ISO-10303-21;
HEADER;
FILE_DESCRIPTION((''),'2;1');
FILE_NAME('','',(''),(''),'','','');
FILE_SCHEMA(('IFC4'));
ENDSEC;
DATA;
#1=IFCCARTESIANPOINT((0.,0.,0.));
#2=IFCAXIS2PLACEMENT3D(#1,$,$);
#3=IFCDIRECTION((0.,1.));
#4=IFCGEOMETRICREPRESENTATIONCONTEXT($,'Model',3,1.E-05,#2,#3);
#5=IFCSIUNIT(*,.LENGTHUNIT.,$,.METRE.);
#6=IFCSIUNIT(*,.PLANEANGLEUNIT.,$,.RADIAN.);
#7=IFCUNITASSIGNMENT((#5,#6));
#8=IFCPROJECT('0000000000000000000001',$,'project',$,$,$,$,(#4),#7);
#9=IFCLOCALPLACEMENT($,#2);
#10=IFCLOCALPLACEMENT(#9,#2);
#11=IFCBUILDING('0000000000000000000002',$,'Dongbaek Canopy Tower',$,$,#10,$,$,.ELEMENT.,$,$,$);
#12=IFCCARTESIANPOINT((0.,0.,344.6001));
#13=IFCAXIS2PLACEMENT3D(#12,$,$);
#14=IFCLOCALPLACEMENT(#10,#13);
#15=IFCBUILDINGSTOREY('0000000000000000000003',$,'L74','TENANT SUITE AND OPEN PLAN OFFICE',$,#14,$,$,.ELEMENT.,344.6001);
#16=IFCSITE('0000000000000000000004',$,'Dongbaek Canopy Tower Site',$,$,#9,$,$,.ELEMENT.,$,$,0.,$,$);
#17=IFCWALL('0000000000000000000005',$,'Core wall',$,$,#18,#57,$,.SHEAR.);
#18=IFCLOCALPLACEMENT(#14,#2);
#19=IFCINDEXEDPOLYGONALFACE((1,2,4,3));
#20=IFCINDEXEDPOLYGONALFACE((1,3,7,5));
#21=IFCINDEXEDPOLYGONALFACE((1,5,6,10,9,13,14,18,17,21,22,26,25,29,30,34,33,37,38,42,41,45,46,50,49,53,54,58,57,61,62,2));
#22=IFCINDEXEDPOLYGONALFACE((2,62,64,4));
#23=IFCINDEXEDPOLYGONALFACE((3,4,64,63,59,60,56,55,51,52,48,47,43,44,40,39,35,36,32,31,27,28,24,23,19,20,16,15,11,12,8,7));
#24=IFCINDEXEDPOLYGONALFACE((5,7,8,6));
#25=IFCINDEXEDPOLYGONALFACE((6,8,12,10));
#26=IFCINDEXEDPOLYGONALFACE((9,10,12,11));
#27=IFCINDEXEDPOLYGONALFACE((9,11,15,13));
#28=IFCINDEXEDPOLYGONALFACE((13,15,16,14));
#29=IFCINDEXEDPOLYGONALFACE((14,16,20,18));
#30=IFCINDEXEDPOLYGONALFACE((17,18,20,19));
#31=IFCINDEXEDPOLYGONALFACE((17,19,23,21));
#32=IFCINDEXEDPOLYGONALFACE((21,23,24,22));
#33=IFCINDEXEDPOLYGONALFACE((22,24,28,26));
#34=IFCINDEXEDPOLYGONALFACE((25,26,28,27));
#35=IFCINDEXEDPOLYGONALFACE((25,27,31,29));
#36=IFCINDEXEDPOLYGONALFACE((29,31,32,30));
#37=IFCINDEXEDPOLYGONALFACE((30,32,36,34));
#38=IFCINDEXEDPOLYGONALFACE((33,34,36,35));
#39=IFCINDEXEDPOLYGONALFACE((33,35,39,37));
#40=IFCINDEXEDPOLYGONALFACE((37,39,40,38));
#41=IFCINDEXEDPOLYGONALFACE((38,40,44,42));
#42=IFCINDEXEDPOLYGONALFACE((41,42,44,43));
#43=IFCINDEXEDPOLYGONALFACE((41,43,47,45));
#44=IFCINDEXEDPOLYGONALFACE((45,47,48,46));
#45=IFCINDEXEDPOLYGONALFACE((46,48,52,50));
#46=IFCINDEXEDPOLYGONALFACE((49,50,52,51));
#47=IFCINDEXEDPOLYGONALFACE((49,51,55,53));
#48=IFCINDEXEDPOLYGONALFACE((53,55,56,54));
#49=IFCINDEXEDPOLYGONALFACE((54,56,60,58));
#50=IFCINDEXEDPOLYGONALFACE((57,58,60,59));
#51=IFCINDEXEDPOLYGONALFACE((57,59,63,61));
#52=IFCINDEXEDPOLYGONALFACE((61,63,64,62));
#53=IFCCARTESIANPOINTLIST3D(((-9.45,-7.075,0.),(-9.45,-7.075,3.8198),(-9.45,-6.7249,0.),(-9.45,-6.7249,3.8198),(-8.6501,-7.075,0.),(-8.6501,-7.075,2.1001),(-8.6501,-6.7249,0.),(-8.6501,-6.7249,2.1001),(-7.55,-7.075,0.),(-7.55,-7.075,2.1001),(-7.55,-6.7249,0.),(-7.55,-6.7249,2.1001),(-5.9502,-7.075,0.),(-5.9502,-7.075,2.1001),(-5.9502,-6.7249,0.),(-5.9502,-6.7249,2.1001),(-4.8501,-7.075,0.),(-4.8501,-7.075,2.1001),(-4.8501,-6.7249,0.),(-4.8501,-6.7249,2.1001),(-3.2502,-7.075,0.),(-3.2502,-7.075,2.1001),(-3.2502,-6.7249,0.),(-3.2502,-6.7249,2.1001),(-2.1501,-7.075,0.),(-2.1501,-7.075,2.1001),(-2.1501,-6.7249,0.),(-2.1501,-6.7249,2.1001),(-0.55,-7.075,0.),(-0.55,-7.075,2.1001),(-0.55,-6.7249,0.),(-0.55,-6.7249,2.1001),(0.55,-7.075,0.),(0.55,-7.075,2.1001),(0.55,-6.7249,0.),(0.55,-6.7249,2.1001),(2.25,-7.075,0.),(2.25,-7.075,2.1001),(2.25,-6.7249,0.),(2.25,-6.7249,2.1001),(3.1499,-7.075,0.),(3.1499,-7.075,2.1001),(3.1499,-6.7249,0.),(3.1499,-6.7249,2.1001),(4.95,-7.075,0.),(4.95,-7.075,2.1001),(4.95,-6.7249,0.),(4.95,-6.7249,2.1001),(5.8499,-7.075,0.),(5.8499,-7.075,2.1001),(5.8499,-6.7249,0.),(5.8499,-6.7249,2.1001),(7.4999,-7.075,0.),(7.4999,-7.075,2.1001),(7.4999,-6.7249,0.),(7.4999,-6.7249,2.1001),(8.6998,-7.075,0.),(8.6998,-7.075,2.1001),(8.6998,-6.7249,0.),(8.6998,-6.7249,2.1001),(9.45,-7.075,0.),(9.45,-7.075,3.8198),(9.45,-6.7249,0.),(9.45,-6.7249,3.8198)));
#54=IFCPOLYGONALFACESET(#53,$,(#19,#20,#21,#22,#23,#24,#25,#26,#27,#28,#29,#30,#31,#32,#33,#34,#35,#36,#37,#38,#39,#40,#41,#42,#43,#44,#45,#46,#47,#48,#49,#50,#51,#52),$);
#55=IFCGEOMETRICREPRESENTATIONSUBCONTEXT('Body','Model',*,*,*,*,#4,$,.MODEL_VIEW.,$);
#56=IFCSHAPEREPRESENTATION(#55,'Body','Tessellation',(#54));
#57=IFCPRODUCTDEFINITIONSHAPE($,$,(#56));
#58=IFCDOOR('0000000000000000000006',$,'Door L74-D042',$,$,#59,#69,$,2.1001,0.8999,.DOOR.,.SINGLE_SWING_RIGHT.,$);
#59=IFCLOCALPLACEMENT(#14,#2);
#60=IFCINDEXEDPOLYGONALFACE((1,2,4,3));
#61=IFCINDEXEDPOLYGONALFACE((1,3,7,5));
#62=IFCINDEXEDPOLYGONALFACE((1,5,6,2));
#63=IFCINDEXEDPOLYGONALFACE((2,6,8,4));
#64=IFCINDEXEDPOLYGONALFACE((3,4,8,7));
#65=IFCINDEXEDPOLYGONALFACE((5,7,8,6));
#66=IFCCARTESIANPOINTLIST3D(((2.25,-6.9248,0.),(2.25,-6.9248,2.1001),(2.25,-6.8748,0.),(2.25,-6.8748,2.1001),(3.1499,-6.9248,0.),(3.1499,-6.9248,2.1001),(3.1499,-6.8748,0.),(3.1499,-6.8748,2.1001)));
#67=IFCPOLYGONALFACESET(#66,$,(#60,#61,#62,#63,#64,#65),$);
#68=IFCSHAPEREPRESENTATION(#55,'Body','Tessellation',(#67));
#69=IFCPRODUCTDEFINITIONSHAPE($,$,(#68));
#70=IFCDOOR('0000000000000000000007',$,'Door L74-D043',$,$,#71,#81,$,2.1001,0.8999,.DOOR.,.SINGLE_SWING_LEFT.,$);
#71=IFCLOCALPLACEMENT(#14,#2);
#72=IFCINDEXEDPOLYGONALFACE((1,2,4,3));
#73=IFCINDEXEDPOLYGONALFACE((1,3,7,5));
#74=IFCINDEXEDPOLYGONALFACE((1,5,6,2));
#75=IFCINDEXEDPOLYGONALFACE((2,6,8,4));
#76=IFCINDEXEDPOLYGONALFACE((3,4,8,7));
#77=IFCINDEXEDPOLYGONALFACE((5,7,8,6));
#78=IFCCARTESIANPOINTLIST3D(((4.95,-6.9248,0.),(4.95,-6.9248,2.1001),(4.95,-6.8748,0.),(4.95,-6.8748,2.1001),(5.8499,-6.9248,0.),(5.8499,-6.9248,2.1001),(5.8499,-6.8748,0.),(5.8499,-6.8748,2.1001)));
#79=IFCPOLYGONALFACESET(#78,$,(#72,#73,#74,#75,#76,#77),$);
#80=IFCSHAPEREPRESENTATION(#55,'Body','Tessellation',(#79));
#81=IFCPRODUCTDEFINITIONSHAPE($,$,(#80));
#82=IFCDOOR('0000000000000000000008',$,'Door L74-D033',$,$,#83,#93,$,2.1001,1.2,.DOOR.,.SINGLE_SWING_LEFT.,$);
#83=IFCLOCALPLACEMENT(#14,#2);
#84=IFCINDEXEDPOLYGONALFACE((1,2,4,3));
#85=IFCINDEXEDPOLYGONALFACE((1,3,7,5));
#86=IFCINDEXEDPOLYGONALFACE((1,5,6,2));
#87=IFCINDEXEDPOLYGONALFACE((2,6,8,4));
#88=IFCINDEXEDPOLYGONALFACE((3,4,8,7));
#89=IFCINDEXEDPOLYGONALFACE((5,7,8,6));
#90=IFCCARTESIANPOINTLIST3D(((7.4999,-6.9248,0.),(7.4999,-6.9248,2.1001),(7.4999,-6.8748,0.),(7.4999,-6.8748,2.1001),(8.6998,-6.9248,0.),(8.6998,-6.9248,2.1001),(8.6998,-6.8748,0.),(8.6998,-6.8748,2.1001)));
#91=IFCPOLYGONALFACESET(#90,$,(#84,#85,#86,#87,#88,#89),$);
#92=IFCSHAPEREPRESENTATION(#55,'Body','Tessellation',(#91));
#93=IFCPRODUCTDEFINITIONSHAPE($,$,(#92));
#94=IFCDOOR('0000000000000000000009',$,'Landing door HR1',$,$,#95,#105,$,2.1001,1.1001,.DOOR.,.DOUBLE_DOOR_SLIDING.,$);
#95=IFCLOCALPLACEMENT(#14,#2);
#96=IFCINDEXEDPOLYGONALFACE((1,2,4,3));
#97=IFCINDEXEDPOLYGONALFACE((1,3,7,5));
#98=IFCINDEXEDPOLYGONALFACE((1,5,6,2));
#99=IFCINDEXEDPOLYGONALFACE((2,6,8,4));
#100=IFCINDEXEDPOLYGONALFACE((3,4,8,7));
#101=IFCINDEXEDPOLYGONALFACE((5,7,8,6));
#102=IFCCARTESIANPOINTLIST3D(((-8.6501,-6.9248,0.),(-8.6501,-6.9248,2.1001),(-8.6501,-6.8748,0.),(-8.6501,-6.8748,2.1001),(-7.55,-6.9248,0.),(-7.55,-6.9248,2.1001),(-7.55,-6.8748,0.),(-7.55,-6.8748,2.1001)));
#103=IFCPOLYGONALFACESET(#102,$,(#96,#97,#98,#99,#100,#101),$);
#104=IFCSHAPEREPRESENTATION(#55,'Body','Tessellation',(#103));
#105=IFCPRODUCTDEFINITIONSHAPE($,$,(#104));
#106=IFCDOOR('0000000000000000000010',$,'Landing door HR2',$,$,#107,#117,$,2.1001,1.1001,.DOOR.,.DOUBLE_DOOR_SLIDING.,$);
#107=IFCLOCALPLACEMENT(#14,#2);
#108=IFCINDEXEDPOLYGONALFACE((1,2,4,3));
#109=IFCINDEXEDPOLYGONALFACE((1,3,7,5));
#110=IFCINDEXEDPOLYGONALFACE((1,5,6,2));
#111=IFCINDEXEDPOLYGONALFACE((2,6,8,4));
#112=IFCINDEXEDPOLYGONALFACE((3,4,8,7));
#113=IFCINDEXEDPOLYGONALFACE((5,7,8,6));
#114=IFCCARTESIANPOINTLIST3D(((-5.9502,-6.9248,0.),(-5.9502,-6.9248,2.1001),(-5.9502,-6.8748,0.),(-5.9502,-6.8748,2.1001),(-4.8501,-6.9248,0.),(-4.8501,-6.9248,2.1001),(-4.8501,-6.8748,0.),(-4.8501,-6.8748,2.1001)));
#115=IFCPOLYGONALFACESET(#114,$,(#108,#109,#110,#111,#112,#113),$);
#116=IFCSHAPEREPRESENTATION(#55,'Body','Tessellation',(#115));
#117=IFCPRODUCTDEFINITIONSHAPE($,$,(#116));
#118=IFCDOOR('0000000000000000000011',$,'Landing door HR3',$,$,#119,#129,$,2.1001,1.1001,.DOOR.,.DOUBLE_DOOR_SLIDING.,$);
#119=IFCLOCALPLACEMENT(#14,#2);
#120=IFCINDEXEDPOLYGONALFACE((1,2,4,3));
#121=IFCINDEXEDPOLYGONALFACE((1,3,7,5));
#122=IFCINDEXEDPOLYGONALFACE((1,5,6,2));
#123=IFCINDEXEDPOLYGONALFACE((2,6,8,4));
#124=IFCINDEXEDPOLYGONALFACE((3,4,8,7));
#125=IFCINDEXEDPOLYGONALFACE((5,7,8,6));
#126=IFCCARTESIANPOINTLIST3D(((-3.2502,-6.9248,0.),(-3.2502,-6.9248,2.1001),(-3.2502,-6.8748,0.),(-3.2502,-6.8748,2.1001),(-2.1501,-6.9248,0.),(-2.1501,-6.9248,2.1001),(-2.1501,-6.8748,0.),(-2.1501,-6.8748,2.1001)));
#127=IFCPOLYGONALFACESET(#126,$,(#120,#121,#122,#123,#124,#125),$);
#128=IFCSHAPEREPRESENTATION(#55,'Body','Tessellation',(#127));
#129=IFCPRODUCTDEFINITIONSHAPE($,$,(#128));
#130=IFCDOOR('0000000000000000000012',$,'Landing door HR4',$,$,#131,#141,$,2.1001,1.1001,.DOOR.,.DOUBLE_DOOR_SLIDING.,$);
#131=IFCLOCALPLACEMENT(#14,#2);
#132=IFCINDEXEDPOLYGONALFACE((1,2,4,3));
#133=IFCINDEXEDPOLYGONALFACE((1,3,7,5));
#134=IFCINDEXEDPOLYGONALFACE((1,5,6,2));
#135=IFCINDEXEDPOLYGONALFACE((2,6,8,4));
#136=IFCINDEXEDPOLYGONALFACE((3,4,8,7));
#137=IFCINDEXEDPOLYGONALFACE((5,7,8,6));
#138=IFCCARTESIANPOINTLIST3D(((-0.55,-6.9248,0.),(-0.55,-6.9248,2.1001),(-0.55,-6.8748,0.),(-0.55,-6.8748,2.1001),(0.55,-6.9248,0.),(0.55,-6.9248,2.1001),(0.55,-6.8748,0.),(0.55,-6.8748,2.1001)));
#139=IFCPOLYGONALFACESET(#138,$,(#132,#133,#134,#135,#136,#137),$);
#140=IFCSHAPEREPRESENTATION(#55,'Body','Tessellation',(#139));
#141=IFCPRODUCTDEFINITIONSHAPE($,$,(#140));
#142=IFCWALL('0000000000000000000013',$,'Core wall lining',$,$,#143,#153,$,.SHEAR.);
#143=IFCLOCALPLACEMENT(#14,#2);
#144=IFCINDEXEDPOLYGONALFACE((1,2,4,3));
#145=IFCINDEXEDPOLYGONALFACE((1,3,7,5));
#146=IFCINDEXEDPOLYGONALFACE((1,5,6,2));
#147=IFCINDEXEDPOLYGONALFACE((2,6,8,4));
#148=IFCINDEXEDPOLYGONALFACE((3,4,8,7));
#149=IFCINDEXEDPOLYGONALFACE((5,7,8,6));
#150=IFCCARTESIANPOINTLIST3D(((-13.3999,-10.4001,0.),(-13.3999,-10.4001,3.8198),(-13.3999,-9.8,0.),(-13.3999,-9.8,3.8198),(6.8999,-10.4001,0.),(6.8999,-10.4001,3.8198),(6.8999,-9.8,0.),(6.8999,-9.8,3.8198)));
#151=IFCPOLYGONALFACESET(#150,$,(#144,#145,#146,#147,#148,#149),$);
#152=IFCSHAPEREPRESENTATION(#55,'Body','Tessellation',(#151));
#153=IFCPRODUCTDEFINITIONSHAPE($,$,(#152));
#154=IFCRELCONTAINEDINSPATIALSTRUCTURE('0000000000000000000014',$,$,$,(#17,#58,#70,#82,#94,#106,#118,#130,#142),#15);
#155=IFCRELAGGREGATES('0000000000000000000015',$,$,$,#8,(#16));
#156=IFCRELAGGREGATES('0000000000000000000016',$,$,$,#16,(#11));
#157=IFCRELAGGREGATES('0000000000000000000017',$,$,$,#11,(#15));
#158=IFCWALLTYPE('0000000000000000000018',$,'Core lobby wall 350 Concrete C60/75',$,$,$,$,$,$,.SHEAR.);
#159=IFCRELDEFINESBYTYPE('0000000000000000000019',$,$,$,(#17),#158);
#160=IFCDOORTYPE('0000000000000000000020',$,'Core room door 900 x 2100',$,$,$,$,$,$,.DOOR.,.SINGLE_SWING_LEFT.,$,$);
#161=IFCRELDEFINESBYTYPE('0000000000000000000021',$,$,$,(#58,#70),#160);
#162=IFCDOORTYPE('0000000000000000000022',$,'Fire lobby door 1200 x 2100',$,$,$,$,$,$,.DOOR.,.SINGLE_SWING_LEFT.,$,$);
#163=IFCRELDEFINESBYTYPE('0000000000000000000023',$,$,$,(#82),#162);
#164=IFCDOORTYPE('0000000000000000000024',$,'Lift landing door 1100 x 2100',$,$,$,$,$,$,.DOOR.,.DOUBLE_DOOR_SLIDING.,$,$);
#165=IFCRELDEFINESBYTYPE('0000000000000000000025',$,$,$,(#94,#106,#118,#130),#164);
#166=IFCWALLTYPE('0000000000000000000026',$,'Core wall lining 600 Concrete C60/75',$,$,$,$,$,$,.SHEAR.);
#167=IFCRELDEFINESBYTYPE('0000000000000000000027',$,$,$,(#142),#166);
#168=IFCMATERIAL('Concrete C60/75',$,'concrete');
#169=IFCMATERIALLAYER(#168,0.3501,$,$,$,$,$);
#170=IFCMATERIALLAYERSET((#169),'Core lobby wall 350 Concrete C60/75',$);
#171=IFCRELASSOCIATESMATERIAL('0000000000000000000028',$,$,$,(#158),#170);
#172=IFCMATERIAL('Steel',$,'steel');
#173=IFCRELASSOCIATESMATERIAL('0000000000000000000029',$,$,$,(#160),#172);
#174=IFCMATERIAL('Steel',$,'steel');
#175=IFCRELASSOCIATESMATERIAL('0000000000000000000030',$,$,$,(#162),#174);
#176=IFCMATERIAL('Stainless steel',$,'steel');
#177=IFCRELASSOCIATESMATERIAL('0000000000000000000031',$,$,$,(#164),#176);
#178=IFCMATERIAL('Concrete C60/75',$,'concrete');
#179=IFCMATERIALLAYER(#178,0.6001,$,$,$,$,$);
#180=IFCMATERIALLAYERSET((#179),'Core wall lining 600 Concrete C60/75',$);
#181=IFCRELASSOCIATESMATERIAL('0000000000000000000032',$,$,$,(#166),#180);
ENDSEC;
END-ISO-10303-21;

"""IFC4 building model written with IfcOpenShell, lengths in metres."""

from ifc_helpers import new_model, si_unit, direction, frame, frame_2d, origin, place, context, subcontext, project, spatial, rectangle, extrude, material, layer, layer_set, type_object, element, fill, save


model = new_model("IFC4")

# Units and contexts
model_context = context("Model", 3, precision=1e-05, world=origin(), true_north=direction((0.0, 1.0)))
body_context = subcontext(model_context, "Body", "Model", "MODEL_VIEW")
ifc_project = project(units=[si_unit("LENGTHUNIT", "METRE"), si_unit("PLANEANGLEUNIT", "RADIAN")], contexts=[model_context])

# Site, building, storey
site_placement = place(None, origin())
site = spatial("IfcSite", under=ifc_project, at=site_placement, Name="Dongbaek Canopy Tower Site", CompositionType="ELEMENT", RefElevation=0.0)
building_placement = place(site_placement, origin())
building = spatial("IfcBuilding", under=site, at=building_placement, Name="Dongbaek Canopy Tower", CompositionType="ELEMENT")
storey_placement = place(building_placement, frame((0.0, 0.0, 344.6001)))
storey = spatial("IfcBuildingStorey", under=building, at=storey_placement, Name="L74", Description="TENANT SUITE AND OPEN PLAN OFFICE", CompositionType="ELEMENT", Elevation=344.6001)

# Wall, openings, doors
ifc_material_1 = material(Name="Concrete C60/75", Category="concrete")
ifc_layer_1 = layer(ifc_material_1, 0.3501)
ifc_layer_set_1 = layer_set([ifc_layer_1], Name="Core lobby wall 350 Concrete C60/75")
wall_type_1 = type_object("IfcWallType", Name="Core lobby wall 350 Concrete C60/75", PredefinedType="SHEAR", material=ifc_layer_set_1)
wall_1_placement = place(storey_placement, frame((9.45, -6.8999, 0.0), z_axis=(0.0, 0.0, 1.0), x_axis=(-1.0, 0.0, 0.0)))
wall_1 = element("IfcWall", 1, at=wall_1_placement, inside=storey, type_object=wall_type_1, Name="Core wall", PredefinedType="SHEAR", context=body_context, shape_type="SweptSolid", body=[
    extrude(rectangle(XDim=18.8999, YDim=0.3501, at=frame_2d((9.45, 0.0))), origin(), (0.0, 0.0, 1.0), 3.8198),
])
opening_1_placement = place(wall_1_placement, frame((17.0, 0.0, 0.0)))
opening_1 = element("IfcOpeningElement", 2, at=opening_1_placement, cuts=wall_1, PredefinedType="OPENING", context=body_context, shape_type="SweptSolid", body=[
    extrude(rectangle(XDim=1.1001, YDim=2.1001, at=frame_2d((0.55, 1.05))), frame((0.0, 0.1851, 0.0), z_axis=(0.0, -1.0, 0.0), x_axis=(1.0, 0.0, 0.0)), (0.0, 0.0, 1.0), 0.3701),
])
opening_2_placement = place(wall_1_placement, frame((14.3, 0.0, 0.0)))
opening_2 = element("IfcOpeningElement", 3, at=opening_2_placement, cuts=wall_1, PredefinedType="OPENING", context=body_context, shape_type="SweptSolid", body=[
    extrude(rectangle(XDim=1.1001, YDim=2.1001, at=frame_2d((0.55, 1.05))), frame((0.0, 0.1851, 0.0), z_axis=(0.0, -1.0, 0.0), x_axis=(1.0, 0.0, 0.0)), (0.0, 0.0, 1.0), 0.3701),
])
opening_3_placement = place(wall_1_placement, frame((11.6001, 0.0, 0.0)))
opening_3 = element("IfcOpeningElement", 4, at=opening_3_placement, cuts=wall_1, PredefinedType="OPENING", context=body_context, shape_type="SweptSolid", body=[
    extrude(rectangle(XDim=1.1001, YDim=2.1001, at=frame_2d((0.55, 1.05))), frame((0.0, 0.1851, 0.0), z_axis=(0.0, -1.0, 0.0), x_axis=(1.0, 0.0, 0.0)), (0.0, 0.0, 1.0), 0.3701),
])
opening_4_placement = place(wall_1_placement, frame((8.8999, 0.0, 0.0)))
opening_4 = element("IfcOpeningElement", 5, at=opening_4_placement, cuts=wall_1, PredefinedType="OPENING", context=body_context, shape_type="SweptSolid", body=[
    extrude(rectangle(XDim=1.1001, YDim=2.1001, at=frame_2d((0.55, 1.05))), frame((0.0, 0.1851, 0.0), z_axis=(0.0, -1.0, 0.0), x_axis=(1.0, 0.0, 0.0)), (0.0, 0.0, 1.0), 0.3701),
])
opening_5_placement = place(wall_1_placement, frame((0.75, 0.0, 0.0)))
opening_5 = element("IfcOpeningElement", 6, at=opening_5_placement, cuts=wall_1, PredefinedType="OPENING", context=body_context, shape_type="SweptSolid", body=[
    extrude(rectangle(XDim=1.2, YDim=2.1001, at=frame_2d((0.6001, 1.05))), frame((0.0, 0.1851, 0.0), z_axis=(0.0, -1.0, 0.0), x_axis=(1.0, 0.0, 0.0)), (0.0, 0.0, 1.0), 0.3701),
])
opening_6_placement = place(wall_1_placement, frame((6.3, 0.0, 0.0)))
opening_6 = element("IfcOpeningElement", 7, at=opening_6_placement, cuts=wall_1, PredefinedType="OPENING", context=body_context, shape_type="SweptSolid", body=[
    extrude(rectangle(XDim=0.8999, YDim=2.1001, at=frame_2d((0.45, 1.05))), frame((0.0, 0.1851, 0.0), z_axis=(0.0, -1.0, 0.0), x_axis=(1.0, 0.0, 0.0)), (0.0, 0.0, 1.0), 0.3701),
])
opening_7_placement = place(wall_1_placement, frame((3.6001, 0.0, 0.0)))
opening_7 = element("IfcOpeningElement", 8, at=opening_7_placement, cuts=wall_1, PredefinedType="OPENING", context=body_context, shape_type="SweptSolid", body=[
    extrude(rectangle(XDim=0.8999, YDim=2.1001, at=frame_2d((0.45, 1.05))), frame((0.0, 0.1851, 0.0), z_axis=(0.0, -1.0, 0.0), x_axis=(1.0, 0.0, 0.0)), (0.0, 0.0, 1.0), 0.3701),
])
ifc_material_2 = material(Name="Steel", Category="steel")
door_type_1 = type_object("IfcDoorType", Name="Core room door 900 x 2100", OperationType="SINGLE_SWING_LEFT", PredefinedType="DOOR", material=ifc_material_2)
door_1_placement = place(opening_6_placement, origin())
door_1 = element("IfcDoor", 9, at=door_1_placement, inside=storey, type_object=door_type_1, Name="Door L74-D042", OperationType="SINGLE_SWING_RIGHT", OverallHeight=2.1001, OverallWidth=0.8999, PredefinedType="DOOR", context=body_context, shape_type="SweptSolid", body=[
    extrude(rectangle(XDim=0.8999, YDim=2.1001, at=frame_2d((0.45, 1.05))), frame((0.0, 0.0249, 0.0), z_axis=(0.0, -1.0, 0.0), x_axis=(1.0, 0.0, 0.0)), (0.0, 0.0, 1.0), 0.05),
])
fill(opening_6, door_1)
door_2_placement = place(opening_7_placement, origin())
door_2 = element("IfcDoor", 10, at=door_2_placement, inside=storey, type_object=door_type_1, Name="Door L74-D043", OperationType="SINGLE_SWING_LEFT", OverallHeight=2.1001, OverallWidth=0.8999, PredefinedType="DOOR", context=body_context, shape_type="SweptSolid", body=[
    extrude(rectangle(XDim=0.8999, YDim=2.1001, at=frame_2d((0.45, 1.05))), frame((0.0, 0.0249, 0.0), z_axis=(0.0, -1.0, 0.0), x_axis=(1.0, 0.0, 0.0)), (0.0, 0.0, 1.0), 0.05),
])
fill(opening_7, door_2)
ifc_material_3 = material(Name="Steel", Category="steel")
door_type_2 = type_object("IfcDoorType", Name="Fire lobby door 1200 x 2100", OperationType="SINGLE_SWING_LEFT", PredefinedType="DOOR", material=ifc_material_3)
door_3_placement = place(opening_5_placement, origin())
door_3 = element("IfcDoor", 11, at=door_3_placement, inside=storey, type_object=door_type_2, Name="Door L74-D033", OperationType="SINGLE_SWING_LEFT", OverallHeight=2.1001, OverallWidth=1.2, PredefinedType="DOOR", context=body_context, shape_type="SweptSolid", body=[
    extrude(rectangle(XDim=1.2, YDim=2.1001, at=frame_2d((0.6001, 1.05))), frame((0.0, 0.0249, 0.0), z_axis=(0.0, -1.0, 0.0), x_axis=(1.0, 0.0, 0.0)), (0.0, 0.0, 1.0), 0.05),
])
fill(opening_5, door_3)
ifc_material_4 = material(Name="Stainless steel", Category="steel")
door_type_3 = type_object("IfcDoorType", Name="Lift landing door 1100 x 2100", OperationType="DOUBLE_DOOR_SLIDING", PredefinedType="DOOR", material=ifc_material_4)
door_4_placement = place(opening_1_placement, origin())
door_4 = element("IfcDoor", 12, at=door_4_placement, inside=storey, type_object=door_type_3, Name="Landing door HR1", OperationType="DOUBLE_DOOR_SLIDING", OverallHeight=2.1001, OverallWidth=1.1001, PredefinedType="DOOR", context=body_context, shape_type="SweptSolid", body=[
    extrude(rectangle(XDim=1.1001, YDim=2.1001, at=frame_2d((0.55, 1.05))), frame((0.0, 0.0249, 0.0), z_axis=(0.0, -1.0, 0.0), x_axis=(1.0, 0.0, 0.0)), (0.0, 0.0, 1.0), 0.05),
])
fill(opening_1, door_4)
door_5_placement = place(opening_2_placement, origin())
door_5 = element("IfcDoor", 13, at=door_5_placement, inside=storey, type_object=door_type_3, Name="Landing door HR2", OperationType="DOUBLE_DOOR_SLIDING", OverallHeight=2.1001, OverallWidth=1.1001, PredefinedType="DOOR", context=body_context, shape_type="SweptSolid", body=[
    extrude(rectangle(XDim=1.1001, YDim=2.1001, at=frame_2d((0.55, 1.05))), frame((0.0, 0.0249, 0.0), z_axis=(0.0, -1.0, 0.0), x_axis=(1.0, 0.0, 0.0)), (0.0, 0.0, 1.0), 0.05),
])
fill(opening_2, door_5)
door_6_placement = place(opening_3_placement, origin())
door_6 = element("IfcDoor", 14, at=door_6_placement, inside=storey, type_object=door_type_3, Name="Landing door HR3", OperationType="DOUBLE_DOOR_SLIDING", OverallHeight=2.1001, OverallWidth=1.1001, PredefinedType="DOOR", context=body_context, shape_type="SweptSolid", body=[
    extrude(rectangle(XDim=1.1001, YDim=2.1001, at=frame_2d((0.55, 1.05))), frame((0.0, 0.0249, 0.0), z_axis=(0.0, -1.0, 0.0), x_axis=(1.0, 0.0, 0.0)), (0.0, 0.0, 1.0), 0.05),
])
fill(opening_3, door_6)
door_7_placement = place(opening_4_placement, origin())
door_7 = element("IfcDoor", 15, at=door_7_placement, inside=storey, type_object=door_type_3, Name="Landing door HR4", OperationType="DOUBLE_DOOR_SLIDING", OverallHeight=2.1001, OverallWidth=1.1001, PredefinedType="DOOR", context=body_context, shape_type="SweptSolid", body=[
    extrude(rectangle(XDim=1.1001, YDim=2.1001, at=frame_2d((0.55, 1.05))), frame((0.0, 0.0249, 0.0), z_axis=(0.0, -1.0, 0.0), x_axis=(1.0, 0.0, 0.0)), (0.0, 0.0, 1.0), 0.05),
])
fill(opening_4, door_7)

# Wall
ifc_material_5 = material(Name="Concrete C60/75", Category="concrete")
ifc_layer_2 = layer(ifc_material_5, 0.6001)
ifc_layer_set_2 = layer_set([ifc_layer_2], Name="Core wall lining 600 Concrete C60/75")
wall_type_2 = type_object("IfcWallType", Name="Core wall lining 600 Concrete C60/75", PredefinedType="SHEAR", material=ifc_layer_set_2)
wall_2_placement = place(storey_placement, frame((6.8999, -10.1001, 0.0), z_axis=(0.0, 0.0, 1.0), x_axis=(-1.0, 0.0, 0.0)))
element("IfcWall", 16, at=wall_2_placement, inside=storey, type_object=wall_type_2, Name="Core wall lining", PredefinedType="SHEAR", context=body_context, shape_type="SweptSolid", body=[
    extrude(rectangle(XDim=20.2998, YDim=0.6001, at=frame_2d((10.1499, 0.0))), origin(), (0.0, 0.0, 1.0), 3.8198),
])

save(model, "model.ifc")
